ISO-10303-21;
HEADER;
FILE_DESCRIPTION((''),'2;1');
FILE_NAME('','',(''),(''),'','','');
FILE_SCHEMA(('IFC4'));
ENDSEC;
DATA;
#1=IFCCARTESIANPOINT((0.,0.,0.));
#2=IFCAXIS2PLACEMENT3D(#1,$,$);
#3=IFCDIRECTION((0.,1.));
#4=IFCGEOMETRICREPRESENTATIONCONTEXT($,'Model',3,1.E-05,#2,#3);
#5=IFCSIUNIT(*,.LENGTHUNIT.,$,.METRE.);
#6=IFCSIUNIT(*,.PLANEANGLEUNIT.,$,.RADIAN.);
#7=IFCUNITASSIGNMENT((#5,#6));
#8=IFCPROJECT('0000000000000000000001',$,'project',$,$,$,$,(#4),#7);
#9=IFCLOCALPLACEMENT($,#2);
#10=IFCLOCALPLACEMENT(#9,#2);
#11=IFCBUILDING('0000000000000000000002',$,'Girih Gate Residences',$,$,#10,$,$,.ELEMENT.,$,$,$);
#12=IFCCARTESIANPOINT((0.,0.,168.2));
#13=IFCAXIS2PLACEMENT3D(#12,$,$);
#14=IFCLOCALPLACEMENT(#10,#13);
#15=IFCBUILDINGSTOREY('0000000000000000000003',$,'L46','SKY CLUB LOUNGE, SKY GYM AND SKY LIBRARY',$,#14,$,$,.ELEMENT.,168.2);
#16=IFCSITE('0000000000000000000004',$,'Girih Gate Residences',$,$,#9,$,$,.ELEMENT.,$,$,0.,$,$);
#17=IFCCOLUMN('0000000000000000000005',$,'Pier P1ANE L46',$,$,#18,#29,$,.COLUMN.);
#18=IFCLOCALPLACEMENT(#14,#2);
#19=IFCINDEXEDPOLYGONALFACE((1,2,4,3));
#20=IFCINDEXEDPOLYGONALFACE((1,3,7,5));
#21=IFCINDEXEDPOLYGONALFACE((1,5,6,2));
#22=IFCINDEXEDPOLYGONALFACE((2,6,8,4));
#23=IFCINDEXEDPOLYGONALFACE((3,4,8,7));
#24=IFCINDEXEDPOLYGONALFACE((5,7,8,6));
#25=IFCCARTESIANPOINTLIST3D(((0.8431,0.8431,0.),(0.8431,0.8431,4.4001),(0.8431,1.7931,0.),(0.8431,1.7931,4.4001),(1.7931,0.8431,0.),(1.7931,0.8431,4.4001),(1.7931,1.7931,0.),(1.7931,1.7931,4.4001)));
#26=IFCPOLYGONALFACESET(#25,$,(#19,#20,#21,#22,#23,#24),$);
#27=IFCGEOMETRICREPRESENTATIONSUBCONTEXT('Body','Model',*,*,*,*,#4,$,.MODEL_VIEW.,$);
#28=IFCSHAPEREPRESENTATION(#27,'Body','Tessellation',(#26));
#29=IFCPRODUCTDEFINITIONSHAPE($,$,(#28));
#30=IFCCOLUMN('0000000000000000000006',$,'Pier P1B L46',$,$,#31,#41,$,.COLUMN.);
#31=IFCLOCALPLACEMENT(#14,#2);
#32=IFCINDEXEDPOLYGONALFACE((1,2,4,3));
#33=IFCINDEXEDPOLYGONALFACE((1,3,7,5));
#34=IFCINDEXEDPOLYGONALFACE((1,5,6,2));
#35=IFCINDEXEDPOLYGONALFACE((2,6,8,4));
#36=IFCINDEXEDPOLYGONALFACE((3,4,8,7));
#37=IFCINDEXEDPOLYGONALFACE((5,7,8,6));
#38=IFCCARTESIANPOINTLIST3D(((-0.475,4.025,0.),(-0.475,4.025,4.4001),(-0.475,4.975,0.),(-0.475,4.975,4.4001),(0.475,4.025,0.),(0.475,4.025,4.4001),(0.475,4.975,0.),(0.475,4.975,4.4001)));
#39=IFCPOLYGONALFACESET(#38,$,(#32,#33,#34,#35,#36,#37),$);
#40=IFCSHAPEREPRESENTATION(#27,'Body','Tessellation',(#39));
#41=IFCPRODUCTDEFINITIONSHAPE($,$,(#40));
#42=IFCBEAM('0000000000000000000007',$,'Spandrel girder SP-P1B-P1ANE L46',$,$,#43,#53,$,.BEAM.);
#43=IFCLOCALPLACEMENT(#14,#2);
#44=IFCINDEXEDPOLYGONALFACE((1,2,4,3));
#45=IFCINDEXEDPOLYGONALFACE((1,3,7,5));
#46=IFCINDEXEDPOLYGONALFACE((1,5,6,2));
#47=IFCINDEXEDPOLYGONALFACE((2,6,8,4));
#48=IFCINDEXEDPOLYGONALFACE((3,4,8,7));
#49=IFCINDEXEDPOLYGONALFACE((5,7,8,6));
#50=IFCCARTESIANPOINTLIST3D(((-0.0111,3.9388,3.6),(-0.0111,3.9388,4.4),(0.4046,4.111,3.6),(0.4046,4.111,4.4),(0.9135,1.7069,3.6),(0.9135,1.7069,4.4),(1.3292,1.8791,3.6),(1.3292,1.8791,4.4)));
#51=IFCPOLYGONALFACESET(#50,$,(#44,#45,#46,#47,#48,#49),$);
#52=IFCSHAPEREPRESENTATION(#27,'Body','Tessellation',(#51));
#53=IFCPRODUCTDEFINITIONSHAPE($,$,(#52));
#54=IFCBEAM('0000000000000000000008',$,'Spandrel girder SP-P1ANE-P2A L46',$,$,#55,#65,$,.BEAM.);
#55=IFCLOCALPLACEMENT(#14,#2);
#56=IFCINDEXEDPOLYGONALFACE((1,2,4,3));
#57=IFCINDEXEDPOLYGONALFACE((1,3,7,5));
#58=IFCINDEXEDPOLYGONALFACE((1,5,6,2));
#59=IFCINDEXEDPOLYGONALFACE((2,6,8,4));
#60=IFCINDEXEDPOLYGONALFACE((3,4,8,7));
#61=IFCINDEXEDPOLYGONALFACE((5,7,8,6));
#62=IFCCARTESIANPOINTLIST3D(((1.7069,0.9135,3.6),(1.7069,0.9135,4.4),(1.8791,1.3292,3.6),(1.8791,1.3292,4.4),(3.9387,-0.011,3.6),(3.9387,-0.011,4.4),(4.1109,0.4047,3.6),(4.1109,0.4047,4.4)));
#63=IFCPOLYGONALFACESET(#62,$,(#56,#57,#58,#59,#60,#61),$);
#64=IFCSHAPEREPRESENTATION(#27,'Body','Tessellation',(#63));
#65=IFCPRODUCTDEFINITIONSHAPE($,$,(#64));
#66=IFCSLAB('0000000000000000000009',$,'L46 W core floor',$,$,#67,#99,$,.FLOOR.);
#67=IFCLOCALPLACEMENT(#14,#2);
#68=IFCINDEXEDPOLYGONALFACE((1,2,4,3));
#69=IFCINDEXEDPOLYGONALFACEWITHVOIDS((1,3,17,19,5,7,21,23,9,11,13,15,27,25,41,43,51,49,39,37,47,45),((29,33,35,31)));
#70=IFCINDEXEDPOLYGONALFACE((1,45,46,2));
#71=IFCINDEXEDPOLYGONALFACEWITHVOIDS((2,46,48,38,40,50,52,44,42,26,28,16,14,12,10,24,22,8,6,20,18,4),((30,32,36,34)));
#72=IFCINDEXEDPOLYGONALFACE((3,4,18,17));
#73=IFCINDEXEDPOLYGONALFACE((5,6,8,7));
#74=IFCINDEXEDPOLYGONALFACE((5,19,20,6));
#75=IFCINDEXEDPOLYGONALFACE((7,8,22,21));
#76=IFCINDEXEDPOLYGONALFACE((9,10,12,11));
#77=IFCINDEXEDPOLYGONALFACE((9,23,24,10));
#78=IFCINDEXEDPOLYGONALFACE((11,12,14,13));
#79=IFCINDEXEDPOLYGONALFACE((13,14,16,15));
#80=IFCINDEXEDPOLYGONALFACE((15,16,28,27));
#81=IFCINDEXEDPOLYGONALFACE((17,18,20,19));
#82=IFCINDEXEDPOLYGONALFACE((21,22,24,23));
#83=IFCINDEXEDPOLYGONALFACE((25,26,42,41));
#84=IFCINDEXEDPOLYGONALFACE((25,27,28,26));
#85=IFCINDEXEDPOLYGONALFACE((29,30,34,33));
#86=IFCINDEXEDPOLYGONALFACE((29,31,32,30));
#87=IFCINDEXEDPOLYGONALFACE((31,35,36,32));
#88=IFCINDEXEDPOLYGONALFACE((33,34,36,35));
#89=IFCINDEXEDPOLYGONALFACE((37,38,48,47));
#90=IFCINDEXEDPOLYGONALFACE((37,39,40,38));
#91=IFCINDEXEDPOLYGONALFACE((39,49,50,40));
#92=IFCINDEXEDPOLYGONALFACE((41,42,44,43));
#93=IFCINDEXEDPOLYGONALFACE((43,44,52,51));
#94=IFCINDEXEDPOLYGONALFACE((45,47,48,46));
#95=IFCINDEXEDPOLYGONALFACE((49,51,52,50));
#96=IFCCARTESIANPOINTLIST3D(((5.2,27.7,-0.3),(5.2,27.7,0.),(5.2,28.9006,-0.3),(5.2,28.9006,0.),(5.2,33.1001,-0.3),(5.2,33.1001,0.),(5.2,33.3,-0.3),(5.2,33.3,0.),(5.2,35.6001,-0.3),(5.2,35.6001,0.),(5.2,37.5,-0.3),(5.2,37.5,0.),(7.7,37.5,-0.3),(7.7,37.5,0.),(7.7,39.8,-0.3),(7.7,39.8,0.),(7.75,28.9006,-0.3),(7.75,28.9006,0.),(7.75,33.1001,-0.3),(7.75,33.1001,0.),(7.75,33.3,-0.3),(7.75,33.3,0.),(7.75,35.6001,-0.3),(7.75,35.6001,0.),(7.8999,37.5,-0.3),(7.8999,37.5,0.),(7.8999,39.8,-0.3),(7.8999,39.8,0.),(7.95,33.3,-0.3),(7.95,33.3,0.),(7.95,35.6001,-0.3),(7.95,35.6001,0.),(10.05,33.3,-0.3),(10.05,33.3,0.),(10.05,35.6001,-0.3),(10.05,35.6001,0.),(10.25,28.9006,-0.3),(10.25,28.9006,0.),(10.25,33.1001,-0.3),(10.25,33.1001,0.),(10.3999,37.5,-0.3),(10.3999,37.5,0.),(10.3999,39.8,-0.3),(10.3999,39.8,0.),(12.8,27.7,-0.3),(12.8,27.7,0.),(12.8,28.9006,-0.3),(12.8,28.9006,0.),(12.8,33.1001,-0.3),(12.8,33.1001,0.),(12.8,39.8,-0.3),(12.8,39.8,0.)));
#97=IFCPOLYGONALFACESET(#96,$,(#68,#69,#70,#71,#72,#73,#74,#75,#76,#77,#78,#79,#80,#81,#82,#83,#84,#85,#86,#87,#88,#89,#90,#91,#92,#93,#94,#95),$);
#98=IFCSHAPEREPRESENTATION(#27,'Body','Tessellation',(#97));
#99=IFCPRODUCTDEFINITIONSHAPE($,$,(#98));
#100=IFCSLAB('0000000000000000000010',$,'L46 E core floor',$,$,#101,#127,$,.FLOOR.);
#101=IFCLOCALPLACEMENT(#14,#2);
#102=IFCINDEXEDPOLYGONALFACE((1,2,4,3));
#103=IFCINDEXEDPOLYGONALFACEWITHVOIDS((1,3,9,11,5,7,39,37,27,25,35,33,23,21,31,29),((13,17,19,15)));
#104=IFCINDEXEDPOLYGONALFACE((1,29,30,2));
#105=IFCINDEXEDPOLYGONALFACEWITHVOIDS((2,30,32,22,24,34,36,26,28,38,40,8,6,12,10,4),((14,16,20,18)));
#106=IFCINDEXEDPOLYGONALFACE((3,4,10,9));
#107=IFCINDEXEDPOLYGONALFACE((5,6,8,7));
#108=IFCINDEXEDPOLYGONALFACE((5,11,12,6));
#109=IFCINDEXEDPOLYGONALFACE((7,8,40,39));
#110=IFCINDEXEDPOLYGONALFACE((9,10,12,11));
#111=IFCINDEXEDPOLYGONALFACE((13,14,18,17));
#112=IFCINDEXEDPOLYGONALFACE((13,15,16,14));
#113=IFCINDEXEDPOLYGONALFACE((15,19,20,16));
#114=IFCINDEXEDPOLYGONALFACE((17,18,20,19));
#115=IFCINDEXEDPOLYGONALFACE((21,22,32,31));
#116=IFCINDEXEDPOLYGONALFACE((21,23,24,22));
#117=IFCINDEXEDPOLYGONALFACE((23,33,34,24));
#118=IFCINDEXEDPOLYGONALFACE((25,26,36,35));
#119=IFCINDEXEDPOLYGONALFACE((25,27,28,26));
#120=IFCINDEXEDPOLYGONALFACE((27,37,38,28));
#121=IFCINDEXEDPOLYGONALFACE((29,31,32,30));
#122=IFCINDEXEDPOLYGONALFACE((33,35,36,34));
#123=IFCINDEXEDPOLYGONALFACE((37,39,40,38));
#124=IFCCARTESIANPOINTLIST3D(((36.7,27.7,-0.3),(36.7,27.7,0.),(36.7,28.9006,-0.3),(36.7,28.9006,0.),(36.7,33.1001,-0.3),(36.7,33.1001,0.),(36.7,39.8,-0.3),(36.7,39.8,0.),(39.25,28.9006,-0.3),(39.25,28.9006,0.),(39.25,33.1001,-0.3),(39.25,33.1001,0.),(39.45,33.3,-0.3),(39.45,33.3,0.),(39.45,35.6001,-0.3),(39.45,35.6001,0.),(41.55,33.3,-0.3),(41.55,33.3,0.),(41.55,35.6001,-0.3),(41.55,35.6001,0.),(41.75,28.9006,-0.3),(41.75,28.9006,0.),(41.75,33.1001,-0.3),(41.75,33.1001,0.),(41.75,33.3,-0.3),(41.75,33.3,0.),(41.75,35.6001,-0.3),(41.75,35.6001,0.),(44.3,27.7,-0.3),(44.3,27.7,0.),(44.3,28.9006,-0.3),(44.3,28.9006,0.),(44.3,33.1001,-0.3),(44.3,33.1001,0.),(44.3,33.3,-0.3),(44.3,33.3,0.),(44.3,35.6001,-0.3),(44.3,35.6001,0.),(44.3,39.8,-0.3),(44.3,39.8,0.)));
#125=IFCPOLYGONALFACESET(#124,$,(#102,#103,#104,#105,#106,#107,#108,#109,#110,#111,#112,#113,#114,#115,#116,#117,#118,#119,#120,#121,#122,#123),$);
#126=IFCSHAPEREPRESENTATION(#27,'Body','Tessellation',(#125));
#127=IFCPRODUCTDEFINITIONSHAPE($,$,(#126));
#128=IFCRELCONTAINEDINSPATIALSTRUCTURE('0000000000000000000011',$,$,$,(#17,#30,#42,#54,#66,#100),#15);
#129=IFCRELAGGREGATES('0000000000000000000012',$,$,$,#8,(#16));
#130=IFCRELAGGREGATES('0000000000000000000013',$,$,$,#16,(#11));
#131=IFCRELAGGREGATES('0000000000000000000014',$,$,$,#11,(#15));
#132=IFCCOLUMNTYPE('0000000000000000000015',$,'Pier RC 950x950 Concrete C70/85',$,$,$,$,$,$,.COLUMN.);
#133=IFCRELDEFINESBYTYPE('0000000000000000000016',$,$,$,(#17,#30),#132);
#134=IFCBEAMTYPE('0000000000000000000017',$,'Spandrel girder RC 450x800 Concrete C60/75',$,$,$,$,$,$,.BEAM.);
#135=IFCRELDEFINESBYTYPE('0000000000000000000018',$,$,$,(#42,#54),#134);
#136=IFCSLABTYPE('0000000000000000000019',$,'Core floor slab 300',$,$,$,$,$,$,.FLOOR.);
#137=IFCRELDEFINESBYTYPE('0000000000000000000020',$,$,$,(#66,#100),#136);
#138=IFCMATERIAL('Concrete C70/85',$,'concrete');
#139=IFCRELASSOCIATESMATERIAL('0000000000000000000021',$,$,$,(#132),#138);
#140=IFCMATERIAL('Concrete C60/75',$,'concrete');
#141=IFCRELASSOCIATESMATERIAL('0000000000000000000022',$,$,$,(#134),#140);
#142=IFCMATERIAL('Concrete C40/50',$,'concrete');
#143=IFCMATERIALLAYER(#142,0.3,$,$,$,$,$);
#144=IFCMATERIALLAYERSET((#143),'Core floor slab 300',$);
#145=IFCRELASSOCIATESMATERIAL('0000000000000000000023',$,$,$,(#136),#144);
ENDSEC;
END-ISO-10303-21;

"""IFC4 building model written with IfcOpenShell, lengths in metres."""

from ifc_helpers import new_model, si_unit, direction, frame, origin, origin_2d, place, context, subcontext, project, spatial, polyline, rectangle, outline, extrude, material, layer, layer_set, material_profile, profile_set, type_object, element, save


model = new_model("IFC4")

# Units and contexts
model_context = context("Model", 3, precision=1e-05, world=origin(), true_north=direction((0.0, 1.0)))
body_context = subcontext(model_context, "Body", "Model", "MODEL_VIEW")
ifc_project = project(units=[si_unit("LENGTHUNIT", "METRE"), si_unit("PLANEANGLEUNIT", "RADIAN")], contexts=[model_context])

# Site, building, storey
site_placement = place(None, origin())
site = spatial("IfcSite", under=ifc_project, at=site_placement, Name="Girih Gate Residences", CompositionType="ELEMENT", RefElevation=0.0)
building_placement = place(site_placement, origin())
building = spatial("IfcBuilding", under=site, at=building_placement, Name="Girih Gate Residences", CompositionType="ELEMENT")
storey_placement = place(building_placement, frame((0.0, 0.0, 168.2)))
storey = spatial("IfcBuildingStorey", under=building, at=storey_placement, Name="L46", Description="SKY CLUB LOUNGE, SKY GYM AND SKY LIBRARY", CompositionType="ELEMENT", Elevation=168.2)

# Columns
ifc_material_1 = material(Name="Concrete C70/85", Category="concrete")
ifc_material_profile_1 = material_profile(ifc_material_1, rectangle(XDim=0.95, YDim=0.95, at=origin_2d()))
ifc_profile_set_1 = profile_set([ifc_material_profile_1], Name="Concrete C70/85")
column_type = type_object("IfcColumnType", Name="Pier RC 950x950 Concrete C70/85", PredefinedType="COLUMN", material=ifc_profile_set_1)
for number, where, z_axis, x_axis, name in (
    (1, (1.3181, 1.3181, 0.0), (0.0, 0.0, 1.0), (1.0, 0.0, 0.0), "Pier P1ANE L46"),
    (2, (0.0, 4.5, 0.0), (0.0, 0.0, 1.0), (1.0, 0.0, 0.0), "Pier P1B L46"),
):
    element("IfcColumn", number, at=place(storey_placement, frame(where, z_axis=z_axis, x_axis=x_axis)), inside=storey, type_object=column_type, Name=name, PredefinedType="COLUMN", context=body_context, shape_type="SweptSolid", body=[
        extrude(rectangle(XDim=0.95, YDim=0.95, at=origin_2d()), origin(), (0.0, 0.0, 1.0), 4.4001),
    ])

# Beams
ifc_material_2 = material(Name="Concrete C60/75", Category="concrete")
ifc_material_profile_2 = material_profile(ifc_material_2, rectangle(XDim=0.45, YDim=0.8, at=origin_2d()))
ifc_profile_set_2 = profile_set([ifc_material_profile_2], Name="Concrete C60/75")
beam_type = type_object("IfcBeamType", Name="Spandrel girder RC 450x800 Concrete C60/75", PredefinedType="BEAM", material=ifc_profile_set_2)
for number, where, z_axis, x_axis, name in (
    (3, (0.1968, 4.0249, 4.0), (0.382706, -0.92387, 0.0), (0.92387, 0.382706, 0.0), "Spandrel girder SP-P1B-P1ANE L46"),
    (4, (1.793, 1.1213, 4.0), (0.92387, -0.382706, 0.0), (0.382706, 0.92387, 0.0), "Spandrel girder SP-P1ANE-P2A L46"),
):
    element("IfcBeam", number, at=place(storey_placement, frame(where, z_axis=z_axis, x_axis=x_axis)), inside=storey, type_object=beam_type, Name=name, PredefinedType="BEAM", context=body_context, shape_type="SweptSolid", body=[
        extrude(rectangle(XDim=0.45, YDim=0.8, at=origin_2d()), origin(), (0.0, 0.0, 1.0), 2.4158),
    ])

# Slabs
ifc_material_3 = material(Name="Concrete C40/50", Category="concrete")
ifc_layer_1 = layer(ifc_material_3, 0.3)
ifc_layer_set_1 = layer_set([ifc_layer_1], Name="Core floor slab 300")
slab_type_1 = type_object("IfcSlabType", Name="Core floor slab 300", PredefinedType="FLOOR", material=ifc_layer_set_1)
slab_1_placement = place(storey_placement, frame((0.0, 0.0, -0.3)))
element("IfcSlab", 5, at=slab_1_placement, inside=storey, type_object=slab_type_1, Name="L46 W core floor", PredefinedType="FLOOR", context=body_context, shape_type="SweptSolid", body=[
    extrude(outline(polyline([(12.8, 27.7), (5.2, 27.7), (5.2, 28.9006), (7.75, 28.9006), (7.75, 33.1001), (5.2, 33.1001), (5.2, 33.3), (7.75, 33.3), (7.75, 35.6001), (5.2, 35.6001), (5.2, 37.5), (7.7, 37.5), (7.7, 39.8), (7.8999, 39.8), (7.8999, 37.5), (10.3999, 37.5), (10.3999, 39.8), (12.8, 39.8), (12.8, 33.1001), (10.25, 33.1001), (10.25, 28.9006), (12.8, 28.9006), (12.8, 27.7)]), holes=[polyline([(7.95, 33.3), (10.05, 33.3), (10.05, 35.6001), (7.95, 35.6001), (7.95, 33.3)])]), origin(), (0.0, 0.0, 1.0), 0.3),
])
slab_2_placement = place(storey_placement, frame((0.0, 0.0, -0.3)))
element("IfcSlab", 6, at=slab_2_placement, inside=storey, type_object=slab_type_1, Name="L46 E core floor", PredefinedType="FLOOR", context=body_context, shape_type="SweptSolid", body=[
    extrude(outline(polyline([(44.3, 27.7), (36.7, 27.7), (36.7, 28.9006), (39.25, 28.9006), (39.25, 33.1001), (36.7, 33.1001), (36.7, 39.8), (44.3, 39.8), (44.3, 35.6001), (41.75, 35.6001), (41.75, 33.3), (44.3, 33.3), (44.3, 33.1001), (41.75, 33.1001), (41.75, 28.9006), (44.3, 28.9006), (44.3, 27.7)]), holes=[polyline([(39.45, 33.3), (41.55, 33.3), (41.55, 35.6001), (39.45, 35.6001), (39.45, 33.3)])]), origin(), (0.0, 0.0, 1.0), 0.3),
])

save(model, "model.ifc")
